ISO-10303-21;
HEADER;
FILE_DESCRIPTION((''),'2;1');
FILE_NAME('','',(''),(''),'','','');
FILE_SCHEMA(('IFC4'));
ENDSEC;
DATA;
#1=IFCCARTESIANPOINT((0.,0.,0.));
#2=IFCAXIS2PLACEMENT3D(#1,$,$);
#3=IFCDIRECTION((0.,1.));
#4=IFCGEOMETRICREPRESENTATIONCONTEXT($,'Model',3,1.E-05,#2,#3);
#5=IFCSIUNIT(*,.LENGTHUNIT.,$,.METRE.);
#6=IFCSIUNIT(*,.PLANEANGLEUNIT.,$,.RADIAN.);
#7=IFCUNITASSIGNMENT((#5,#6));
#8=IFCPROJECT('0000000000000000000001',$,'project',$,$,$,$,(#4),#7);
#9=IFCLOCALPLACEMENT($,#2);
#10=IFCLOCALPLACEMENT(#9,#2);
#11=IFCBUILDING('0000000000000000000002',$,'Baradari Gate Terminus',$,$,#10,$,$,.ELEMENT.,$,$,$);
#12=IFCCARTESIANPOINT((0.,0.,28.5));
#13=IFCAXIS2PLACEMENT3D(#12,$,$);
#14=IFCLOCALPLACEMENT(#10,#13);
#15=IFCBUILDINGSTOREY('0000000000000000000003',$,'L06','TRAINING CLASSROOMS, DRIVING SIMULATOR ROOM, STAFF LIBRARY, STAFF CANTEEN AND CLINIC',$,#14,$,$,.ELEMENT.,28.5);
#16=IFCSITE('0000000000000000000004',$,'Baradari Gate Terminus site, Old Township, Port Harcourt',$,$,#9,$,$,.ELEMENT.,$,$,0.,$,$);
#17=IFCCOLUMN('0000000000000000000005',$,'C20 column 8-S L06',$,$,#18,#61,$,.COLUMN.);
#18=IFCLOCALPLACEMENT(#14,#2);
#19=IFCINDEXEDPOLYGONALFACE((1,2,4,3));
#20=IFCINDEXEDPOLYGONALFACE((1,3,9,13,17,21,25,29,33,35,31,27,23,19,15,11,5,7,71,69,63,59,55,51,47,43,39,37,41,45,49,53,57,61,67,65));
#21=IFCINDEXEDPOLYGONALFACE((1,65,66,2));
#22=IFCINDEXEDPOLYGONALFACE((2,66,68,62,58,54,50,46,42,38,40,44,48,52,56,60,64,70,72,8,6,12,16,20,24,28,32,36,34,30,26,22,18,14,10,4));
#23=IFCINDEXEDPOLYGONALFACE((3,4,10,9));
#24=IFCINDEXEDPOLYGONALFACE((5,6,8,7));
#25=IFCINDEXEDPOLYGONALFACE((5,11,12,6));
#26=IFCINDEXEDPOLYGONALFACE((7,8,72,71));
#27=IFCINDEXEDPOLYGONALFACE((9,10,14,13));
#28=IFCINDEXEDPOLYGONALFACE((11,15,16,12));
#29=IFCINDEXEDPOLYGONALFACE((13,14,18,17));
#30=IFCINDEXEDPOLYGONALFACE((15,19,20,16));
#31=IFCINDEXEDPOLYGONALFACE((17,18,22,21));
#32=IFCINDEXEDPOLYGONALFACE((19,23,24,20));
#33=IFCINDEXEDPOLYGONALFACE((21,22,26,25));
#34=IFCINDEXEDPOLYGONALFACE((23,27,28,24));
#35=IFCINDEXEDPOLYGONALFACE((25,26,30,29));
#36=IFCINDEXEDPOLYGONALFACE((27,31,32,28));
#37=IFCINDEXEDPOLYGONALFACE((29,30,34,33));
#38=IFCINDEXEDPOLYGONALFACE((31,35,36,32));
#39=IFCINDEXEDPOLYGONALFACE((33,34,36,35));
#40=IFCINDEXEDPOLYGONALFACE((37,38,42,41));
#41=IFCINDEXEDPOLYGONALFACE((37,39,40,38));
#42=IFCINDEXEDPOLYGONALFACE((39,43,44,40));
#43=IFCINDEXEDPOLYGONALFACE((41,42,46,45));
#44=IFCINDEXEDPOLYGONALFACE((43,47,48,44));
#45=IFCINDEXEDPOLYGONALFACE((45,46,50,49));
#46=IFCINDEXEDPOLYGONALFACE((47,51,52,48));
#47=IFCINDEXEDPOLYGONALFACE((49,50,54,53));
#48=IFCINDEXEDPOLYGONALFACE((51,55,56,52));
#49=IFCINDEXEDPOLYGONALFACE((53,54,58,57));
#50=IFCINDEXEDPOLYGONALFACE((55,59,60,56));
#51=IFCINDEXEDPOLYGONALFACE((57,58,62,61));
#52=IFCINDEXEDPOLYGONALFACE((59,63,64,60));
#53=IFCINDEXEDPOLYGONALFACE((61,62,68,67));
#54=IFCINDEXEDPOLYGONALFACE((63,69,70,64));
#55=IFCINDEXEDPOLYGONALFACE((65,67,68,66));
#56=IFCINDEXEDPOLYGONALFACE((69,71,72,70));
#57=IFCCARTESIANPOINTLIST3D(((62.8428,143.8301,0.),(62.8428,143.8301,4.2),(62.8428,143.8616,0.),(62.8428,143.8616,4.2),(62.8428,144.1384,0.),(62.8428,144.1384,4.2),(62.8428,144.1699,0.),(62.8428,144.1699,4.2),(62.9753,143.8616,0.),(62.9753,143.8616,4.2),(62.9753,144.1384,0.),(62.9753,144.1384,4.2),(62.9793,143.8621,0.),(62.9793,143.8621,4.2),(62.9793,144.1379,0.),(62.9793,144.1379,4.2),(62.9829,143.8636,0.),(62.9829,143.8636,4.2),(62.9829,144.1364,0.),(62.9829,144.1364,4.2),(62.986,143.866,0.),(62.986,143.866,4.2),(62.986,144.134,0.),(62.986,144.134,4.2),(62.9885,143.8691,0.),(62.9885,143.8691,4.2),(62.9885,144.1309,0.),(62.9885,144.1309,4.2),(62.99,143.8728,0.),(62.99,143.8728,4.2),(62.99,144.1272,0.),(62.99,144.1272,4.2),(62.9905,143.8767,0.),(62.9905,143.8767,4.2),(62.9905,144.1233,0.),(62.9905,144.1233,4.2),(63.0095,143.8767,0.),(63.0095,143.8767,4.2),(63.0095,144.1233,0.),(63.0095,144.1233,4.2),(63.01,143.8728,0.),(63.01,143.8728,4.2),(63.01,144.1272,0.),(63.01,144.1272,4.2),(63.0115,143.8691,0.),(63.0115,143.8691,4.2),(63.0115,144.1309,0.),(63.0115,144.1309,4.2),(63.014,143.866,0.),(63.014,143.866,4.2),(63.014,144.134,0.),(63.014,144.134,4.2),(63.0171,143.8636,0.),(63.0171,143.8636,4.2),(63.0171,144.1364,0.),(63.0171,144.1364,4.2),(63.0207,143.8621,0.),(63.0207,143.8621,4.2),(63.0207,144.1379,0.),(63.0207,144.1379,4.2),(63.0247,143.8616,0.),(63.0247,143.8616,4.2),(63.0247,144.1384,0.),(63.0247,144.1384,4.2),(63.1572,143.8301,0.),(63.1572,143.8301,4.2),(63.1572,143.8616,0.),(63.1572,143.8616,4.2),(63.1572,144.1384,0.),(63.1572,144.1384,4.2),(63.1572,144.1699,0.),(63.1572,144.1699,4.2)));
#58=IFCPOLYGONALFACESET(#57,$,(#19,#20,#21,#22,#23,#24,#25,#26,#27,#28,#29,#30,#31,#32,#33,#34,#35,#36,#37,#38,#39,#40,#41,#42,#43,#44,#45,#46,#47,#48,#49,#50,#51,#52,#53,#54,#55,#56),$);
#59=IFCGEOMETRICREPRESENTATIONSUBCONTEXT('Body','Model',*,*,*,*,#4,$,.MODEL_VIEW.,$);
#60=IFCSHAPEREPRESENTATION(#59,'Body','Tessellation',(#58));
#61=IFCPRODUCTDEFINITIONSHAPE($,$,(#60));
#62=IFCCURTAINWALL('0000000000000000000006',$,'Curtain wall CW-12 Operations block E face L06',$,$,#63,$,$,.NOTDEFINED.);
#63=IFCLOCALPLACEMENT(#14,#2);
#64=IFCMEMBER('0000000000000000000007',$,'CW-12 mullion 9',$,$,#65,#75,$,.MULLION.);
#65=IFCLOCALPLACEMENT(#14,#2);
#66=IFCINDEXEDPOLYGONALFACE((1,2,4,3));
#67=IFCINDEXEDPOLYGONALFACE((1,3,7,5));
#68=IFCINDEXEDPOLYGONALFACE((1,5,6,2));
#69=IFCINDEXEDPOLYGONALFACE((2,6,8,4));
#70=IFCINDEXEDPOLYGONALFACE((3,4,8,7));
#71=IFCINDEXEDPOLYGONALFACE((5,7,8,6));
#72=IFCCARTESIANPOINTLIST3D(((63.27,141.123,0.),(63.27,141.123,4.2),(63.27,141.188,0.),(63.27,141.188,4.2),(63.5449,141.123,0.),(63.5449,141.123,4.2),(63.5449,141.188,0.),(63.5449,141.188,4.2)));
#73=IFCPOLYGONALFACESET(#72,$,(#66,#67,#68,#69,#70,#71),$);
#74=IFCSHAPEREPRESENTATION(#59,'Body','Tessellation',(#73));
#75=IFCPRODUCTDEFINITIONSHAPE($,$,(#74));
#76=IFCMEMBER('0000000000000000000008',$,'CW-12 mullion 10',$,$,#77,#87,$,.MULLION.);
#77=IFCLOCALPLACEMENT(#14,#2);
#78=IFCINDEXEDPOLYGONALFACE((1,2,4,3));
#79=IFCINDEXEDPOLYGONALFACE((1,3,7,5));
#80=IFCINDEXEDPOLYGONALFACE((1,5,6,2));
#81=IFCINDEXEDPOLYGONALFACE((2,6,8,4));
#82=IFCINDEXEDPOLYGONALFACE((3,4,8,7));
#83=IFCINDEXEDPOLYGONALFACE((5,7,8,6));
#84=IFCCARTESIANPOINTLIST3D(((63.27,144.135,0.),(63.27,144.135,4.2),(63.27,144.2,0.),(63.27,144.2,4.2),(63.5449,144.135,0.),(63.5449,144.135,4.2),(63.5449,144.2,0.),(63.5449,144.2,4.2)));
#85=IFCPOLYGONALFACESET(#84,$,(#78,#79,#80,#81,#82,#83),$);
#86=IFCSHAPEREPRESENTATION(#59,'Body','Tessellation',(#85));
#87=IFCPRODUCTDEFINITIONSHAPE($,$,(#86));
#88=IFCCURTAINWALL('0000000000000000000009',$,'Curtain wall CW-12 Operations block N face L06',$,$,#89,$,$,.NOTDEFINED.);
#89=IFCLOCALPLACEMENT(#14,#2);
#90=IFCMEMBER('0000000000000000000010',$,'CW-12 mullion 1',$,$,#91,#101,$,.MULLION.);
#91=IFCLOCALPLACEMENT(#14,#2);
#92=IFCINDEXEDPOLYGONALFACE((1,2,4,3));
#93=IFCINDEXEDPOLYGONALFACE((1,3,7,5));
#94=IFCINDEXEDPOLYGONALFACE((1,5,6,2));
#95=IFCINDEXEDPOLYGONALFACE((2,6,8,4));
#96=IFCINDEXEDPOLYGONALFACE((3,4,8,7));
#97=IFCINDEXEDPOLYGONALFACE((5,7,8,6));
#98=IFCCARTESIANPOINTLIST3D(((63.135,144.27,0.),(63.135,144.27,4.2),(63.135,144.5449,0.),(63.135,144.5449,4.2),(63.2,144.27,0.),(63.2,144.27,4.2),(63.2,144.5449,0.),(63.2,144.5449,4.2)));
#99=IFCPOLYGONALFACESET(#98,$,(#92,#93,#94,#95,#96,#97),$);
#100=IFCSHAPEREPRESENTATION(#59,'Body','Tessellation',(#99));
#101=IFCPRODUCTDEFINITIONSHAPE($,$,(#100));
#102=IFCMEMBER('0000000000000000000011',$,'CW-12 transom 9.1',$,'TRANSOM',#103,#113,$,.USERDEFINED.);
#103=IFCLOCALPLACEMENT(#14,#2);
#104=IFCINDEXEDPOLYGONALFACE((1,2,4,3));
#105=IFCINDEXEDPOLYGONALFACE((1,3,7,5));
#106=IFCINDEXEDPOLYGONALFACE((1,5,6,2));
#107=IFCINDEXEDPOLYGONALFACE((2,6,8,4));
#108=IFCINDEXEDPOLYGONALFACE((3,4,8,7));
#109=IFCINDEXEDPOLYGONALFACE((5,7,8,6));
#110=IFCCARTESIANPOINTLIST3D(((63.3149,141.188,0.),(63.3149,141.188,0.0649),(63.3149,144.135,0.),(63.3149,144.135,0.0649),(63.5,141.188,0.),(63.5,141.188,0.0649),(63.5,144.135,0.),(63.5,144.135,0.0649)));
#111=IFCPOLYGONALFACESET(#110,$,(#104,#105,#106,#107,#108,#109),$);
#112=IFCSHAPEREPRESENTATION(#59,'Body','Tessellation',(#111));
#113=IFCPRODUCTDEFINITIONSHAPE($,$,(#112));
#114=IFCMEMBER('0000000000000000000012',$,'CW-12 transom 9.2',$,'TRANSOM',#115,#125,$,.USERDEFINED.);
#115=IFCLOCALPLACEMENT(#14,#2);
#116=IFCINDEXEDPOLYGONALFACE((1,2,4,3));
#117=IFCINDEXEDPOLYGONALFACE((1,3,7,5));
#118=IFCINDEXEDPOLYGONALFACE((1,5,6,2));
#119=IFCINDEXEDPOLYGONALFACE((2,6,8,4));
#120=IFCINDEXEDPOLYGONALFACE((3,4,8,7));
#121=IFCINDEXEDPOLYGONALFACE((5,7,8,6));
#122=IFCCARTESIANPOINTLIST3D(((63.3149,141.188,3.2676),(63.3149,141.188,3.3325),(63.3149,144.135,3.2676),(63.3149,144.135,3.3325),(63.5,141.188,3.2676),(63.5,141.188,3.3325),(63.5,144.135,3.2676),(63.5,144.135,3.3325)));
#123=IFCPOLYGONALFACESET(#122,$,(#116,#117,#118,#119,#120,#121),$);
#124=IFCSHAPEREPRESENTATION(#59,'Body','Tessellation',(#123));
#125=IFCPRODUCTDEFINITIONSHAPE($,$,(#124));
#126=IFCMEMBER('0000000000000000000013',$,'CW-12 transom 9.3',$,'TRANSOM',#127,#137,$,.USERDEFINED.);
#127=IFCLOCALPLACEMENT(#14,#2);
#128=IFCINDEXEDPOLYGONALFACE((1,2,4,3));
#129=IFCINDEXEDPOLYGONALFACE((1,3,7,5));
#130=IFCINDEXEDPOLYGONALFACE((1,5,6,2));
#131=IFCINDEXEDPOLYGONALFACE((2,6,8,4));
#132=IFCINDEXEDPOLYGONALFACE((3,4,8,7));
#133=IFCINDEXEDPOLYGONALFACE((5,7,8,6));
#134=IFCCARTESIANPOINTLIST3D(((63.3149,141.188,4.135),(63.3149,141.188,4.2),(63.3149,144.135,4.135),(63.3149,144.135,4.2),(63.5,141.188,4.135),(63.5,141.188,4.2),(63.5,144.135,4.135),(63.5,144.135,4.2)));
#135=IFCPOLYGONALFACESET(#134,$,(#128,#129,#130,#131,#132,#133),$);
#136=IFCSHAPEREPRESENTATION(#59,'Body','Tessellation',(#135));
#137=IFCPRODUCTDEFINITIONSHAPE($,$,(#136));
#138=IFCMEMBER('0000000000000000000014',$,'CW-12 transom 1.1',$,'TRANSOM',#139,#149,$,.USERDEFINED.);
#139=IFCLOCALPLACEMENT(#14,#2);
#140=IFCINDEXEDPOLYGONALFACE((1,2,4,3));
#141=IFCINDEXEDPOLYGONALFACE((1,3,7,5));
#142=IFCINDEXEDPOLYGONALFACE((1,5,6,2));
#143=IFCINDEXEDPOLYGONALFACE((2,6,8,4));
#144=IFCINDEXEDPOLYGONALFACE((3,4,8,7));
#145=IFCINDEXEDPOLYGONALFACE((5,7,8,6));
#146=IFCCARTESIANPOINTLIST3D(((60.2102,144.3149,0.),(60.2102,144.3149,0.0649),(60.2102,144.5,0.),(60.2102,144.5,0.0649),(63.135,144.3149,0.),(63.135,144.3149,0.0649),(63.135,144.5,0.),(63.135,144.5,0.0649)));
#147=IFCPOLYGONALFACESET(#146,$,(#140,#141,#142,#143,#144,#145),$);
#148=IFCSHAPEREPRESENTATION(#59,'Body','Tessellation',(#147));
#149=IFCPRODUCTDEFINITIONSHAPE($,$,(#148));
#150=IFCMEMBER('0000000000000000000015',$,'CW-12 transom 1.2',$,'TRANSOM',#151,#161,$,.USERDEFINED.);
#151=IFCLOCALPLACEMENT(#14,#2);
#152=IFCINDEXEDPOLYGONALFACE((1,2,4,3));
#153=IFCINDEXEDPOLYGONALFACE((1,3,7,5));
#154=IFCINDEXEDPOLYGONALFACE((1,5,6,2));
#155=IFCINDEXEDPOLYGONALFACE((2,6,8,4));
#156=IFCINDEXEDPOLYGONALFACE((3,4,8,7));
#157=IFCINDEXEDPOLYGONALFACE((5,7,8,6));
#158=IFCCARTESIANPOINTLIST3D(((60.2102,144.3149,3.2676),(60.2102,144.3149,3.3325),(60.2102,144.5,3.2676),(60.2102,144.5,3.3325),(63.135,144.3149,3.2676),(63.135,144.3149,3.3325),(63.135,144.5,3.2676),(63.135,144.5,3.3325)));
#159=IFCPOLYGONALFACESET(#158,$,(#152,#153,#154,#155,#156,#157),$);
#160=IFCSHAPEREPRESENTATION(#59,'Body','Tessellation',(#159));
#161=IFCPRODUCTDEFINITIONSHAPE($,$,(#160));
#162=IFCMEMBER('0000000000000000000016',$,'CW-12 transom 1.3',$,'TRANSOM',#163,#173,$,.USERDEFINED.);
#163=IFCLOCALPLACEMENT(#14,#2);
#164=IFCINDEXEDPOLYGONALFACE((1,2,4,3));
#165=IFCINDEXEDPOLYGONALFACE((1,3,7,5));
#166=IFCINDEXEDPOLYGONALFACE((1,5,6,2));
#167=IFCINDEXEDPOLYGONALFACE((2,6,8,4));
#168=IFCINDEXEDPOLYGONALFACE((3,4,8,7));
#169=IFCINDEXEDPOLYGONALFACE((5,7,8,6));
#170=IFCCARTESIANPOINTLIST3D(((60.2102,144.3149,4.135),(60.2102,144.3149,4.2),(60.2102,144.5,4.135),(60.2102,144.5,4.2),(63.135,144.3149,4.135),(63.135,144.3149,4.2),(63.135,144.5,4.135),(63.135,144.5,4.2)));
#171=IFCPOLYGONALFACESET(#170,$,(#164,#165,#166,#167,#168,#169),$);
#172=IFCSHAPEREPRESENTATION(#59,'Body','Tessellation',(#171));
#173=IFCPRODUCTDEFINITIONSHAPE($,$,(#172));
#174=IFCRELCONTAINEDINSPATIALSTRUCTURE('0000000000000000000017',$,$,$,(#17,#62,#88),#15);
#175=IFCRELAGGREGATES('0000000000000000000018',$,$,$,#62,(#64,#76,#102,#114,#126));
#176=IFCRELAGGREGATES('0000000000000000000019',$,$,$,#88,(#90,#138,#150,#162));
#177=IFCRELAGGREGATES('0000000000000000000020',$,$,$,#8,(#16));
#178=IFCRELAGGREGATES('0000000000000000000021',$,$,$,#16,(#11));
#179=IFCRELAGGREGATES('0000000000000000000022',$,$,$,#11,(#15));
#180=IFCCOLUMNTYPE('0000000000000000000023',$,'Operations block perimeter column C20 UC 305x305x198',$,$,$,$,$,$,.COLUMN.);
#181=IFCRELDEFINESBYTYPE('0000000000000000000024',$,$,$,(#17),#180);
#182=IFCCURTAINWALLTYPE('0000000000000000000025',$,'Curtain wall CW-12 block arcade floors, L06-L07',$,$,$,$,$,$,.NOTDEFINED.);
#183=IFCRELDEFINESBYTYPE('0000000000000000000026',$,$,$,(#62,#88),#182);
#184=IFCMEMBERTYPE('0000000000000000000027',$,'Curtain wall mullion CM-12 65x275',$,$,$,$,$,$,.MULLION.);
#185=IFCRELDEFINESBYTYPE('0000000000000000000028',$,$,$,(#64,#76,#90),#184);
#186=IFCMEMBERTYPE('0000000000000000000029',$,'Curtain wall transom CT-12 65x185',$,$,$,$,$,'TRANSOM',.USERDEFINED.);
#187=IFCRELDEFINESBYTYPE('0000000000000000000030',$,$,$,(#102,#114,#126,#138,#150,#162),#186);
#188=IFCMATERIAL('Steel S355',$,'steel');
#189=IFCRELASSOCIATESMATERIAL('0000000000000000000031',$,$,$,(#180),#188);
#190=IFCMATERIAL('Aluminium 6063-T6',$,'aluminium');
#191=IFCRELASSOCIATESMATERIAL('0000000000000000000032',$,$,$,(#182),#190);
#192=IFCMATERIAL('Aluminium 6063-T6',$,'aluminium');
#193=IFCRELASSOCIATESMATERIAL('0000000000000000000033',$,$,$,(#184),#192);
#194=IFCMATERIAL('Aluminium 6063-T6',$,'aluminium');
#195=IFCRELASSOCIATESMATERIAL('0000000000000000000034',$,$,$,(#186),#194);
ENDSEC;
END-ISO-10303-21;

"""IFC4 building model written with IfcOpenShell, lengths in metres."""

from ifc_helpers import new_model, si_unit, direction, frame, origin, origin_2d, place, context, subcontext, project, spatial, rectangle, i_section, extrude, material, material_profile, profile_set, type_object, element, aggregate, save


model = new_model("IFC4")

# Units and contexts
model_context = context("Model", 3, precision=1e-05, world=origin(), true_north=direction((0.0, 1.0)))
body_context = subcontext(model_context, "Body", "Model", "MODEL_VIEW")
ifc_project = project(units=[si_unit("LENGTHUNIT", "METRE"), si_unit("PLANEANGLEUNIT", "RADIAN")], contexts=[model_context])

# Site, building, storey
site_placement = place(None, origin())
site = spatial("IfcSite", under=ifc_project, at=site_placement, Name="Baradari Gate Terminus site, Old Township, Port Harcourt", CompositionType="ELEMENT", RefElevation=0.0)
building_placement = place(site_placement, origin())
building = spatial("IfcBuilding", under=site, at=building_placement, Name="Baradari Gate Terminus", CompositionType="ELEMENT")
storey_placement = place(building_placement, frame((0.0, 0.0, 28.5)))
storey = spatial("IfcBuildingStorey", under=building, at=storey_placement, Name="L06", Description="TRAINING CLASSROOMS, DRIVING SIMULATOR ROOM, STAFF LIBRARY, STAFF CANTEEN AND CLINIC", CompositionType="ELEMENT", Elevation=28.5)

# Column
ifc_material_1 = material(Name="Steel S355", Category="steel")
ifc_material_profile_1 = material_profile(ifc_material_1, i_section(OverallWidth=0.3145, OverallDepth=0.3398, WebThickness=0.019, FlangeThickness=0.0315, FilletRadius=0.0151, at=origin_2d()), Name="UC 305x305x198")
ifc_profile_set_1 = profile_set([ifc_material_profile_1], Name="Steel S355")
column_type = type_object("IfcColumnType", Name="Operations block perimeter column C20 UC 305x305x198", PredefinedType="COLUMN", material=ifc_profile_set_1)
column_placement = place(storey_placement, frame((63.0, 144.0, 0.0), z_axis=(0.0, 0.0, 1.0), x_axis=(1.0, 0.0, 0.0)))
element("IfcColumn", 1, at=column_placement, inside=storey, type_object=column_type, Name="C20 column 8-S L06", PredefinedType="COLUMN", context=body_context, shape_type="SweptSolid", body=[
    extrude(i_section(OverallWidth=0.3145, OverallDepth=0.3398, WebThickness=0.019, FlangeThickness=0.0315, FilletRadius=0.0151, at=origin_2d()), origin(), (0.0, 0.0, 1.0), 4.2),
])

# Curtain wall, members
ifc_material_2 = material(Name="Aluminium 6063-T6", Category="aluminium")
curtain_wall_type = type_object("IfcCurtainWallType", Name="Curtain wall CW-12 block arcade floors, L06-L07", PredefinedType="NOTDEFINED", material=ifc_material_2)
curtain_wall_1_placement = place(storey_placement, origin())
curtain_wall_1 = element("IfcCurtainWall", 2, at=curtain_wall_1_placement, inside=storey, type_object=curtain_wall_type, Name="Curtain wall CW-12 Operations block E face L06", PredefinedType="NOTDEFINED")
ifc_material_3 = material(Name="Aluminium 6063-T6", Category="aluminium")
ifc_material_profile_2 = material_profile(ifc_material_3, rectangle(XDim=0.2749, YDim=0.0649, at=origin_2d()), Name="CM-12 65X275")
ifc_profile_set_2 = profile_set([ifc_material_profile_2], Name="Aluminium 6063-T6")
member_type_1 = type_object("IfcMemberType", Name="Curtain wall mullion CM-12 65x275", PredefinedType="MULLION", material=ifc_profile_set_2)
member_1_placement = place(storey_placement, frame((63.4075, 141.1555, 0.0), z_axis=(0.0, 0.0, 1.0), x_axis=(-1.0, 0.0, 0.0)))
member_1 = element("IfcMember", 3, at=member_1_placement, type_object=member_type_1, Name="CW-12 mullion 9", PredefinedType="MULLION", context=body_context, shape_type="SweptSolid", body=[
    extrude(rectangle(XDim=0.2749, YDim=0.0649, at=origin_2d()), origin(), (0.0, 0.0, 1.0), 4.2),
])
member_2_placement = place(storey_placement, frame((63.4075, 144.1675, 0.0), z_axis=(0.0, 0.0, 1.0), x_axis=(-1.0, 0.0, 0.0)))
member_2 = element("IfcMember", 4, at=member_2_placement, type_object=member_type_1, Name="CW-12 mullion 10", PredefinedType="MULLION", context=body_context, shape_type="SweptSolid", body=[
    extrude(rectangle(XDim=0.2749, YDim=0.0649, at=origin_2d()), origin(), (0.0, 0.0, 1.0), 4.2),
])

# Curtain wall, member
curtain_wall_2_placement = place(storey_placement, origin())
curtain_wall_2 = element("IfcCurtainWall", 5, at=curtain_wall_2_placement, inside=storey, type_object=curtain_wall_type, Name="Curtain wall CW-12 Operations block N face L06", PredefinedType="NOTDEFINED")
member_3_placement = place(storey_placement, frame((63.1675, 144.4075, 0.0), z_axis=(0.0, 0.0, 1.0), x_axis=(0.0, -1.0, 0.0)))
member_3 = element("IfcMember", 6, at=member_3_placement, type_object=member_type_1, Name="CW-12 mullion 1", PredefinedType="MULLION", context=body_context, shape_type="SweptSolid", body=[
    extrude(rectangle(XDim=0.2749, YDim=0.0649, at=origin_2d()), origin(), (0.0, 0.0, 1.0), 4.2),
])

# Members
ifc_material_4 = material(Name="Aluminium 6063-T6", Category="aluminium")
ifc_material_profile_3 = material_profile(ifc_material_4, rectangle(XDim=0.1851, YDim=0.0649, at=origin_2d()), Name="CT-12 65X185")
ifc_profile_set_3 = profile_set([ifc_material_profile_3], Name="Aluminium 6063-T6")
member_type_2 = type_object("IfcMemberType", Name="Curtain wall transom CT-12 65x185", ElementType="TRANSOM", PredefinedType="USERDEFINED", material=ifc_profile_set_3)
member_4_placement = place(storey_placement, frame((63.4075, 141.188, 0.0325), z_axis=(0.0, 1.0, 0.0), x_axis=(-1.0, 0.0, 0.0)))
member_4 = element("IfcMember", 7, at=member_4_placement, type_object=member_type_2, Name="CW-12 transom 9.1", ObjectType="TRANSOM", PredefinedType="USERDEFINED", context=body_context, shape_type="SweptSolid", body=[
    extrude(rectangle(XDim=0.1851, YDim=0.0649, at=origin_2d()), origin(), (0.0, 0.0, 1.0), 2.947),
])
member_5_placement = place(storey_placement, frame((63.4075, 141.188, 3.3), z_axis=(0.0, 1.0, 0.0), x_axis=(-1.0, 0.0, 0.0)))
member_5 = element("IfcMember", 8, at=member_5_placement, type_object=member_type_2, Name="CW-12 transom 9.2", ObjectType="TRANSOM", PredefinedType="USERDEFINED", context=body_context, shape_type="SweptSolid", body=[
    extrude(rectangle(XDim=0.1851, YDim=0.0649, at=origin_2d()), origin(), (0.0, 0.0, 1.0), 2.947),
])
member_6_placement = place(storey_placement, frame((63.4075, 141.188, 4.1675), z_axis=(0.0, 1.0, 0.0), x_axis=(-1.0, 0.0, 0.0)))
member_6 = element("IfcMember", 9, at=member_6_placement, type_object=member_type_2, Name="CW-12 transom 9.3", ObjectType="TRANSOM", PredefinedType="USERDEFINED", context=body_context, shape_type="SweptSolid", body=[
    extrude(rectangle(XDim=0.1851, YDim=0.0649, at=origin_2d()), origin(), (0.0, 0.0, 1.0), 2.947),
])
member_7_placement = place(storey_placement, frame((63.135, 144.4075, 0.0325), z_axis=(-1.0, 0.0, 0.0), x_axis=(0.0, -1.0, 0.0)))
member_7 = element("IfcMember", 10, at=member_7_placement, type_object=member_type_2, Name="CW-12 transom 1.1", ObjectType="TRANSOM", PredefinedType="USERDEFINED", context=body_context, shape_type="SweptSolid", body=[
    extrude(rectangle(XDim=0.1851, YDim=0.0649, at=origin_2d()), origin(), (0.0, 0.0, 1.0), 2.9248),
])
member_8_placement = place(storey_placement, frame((63.135, 144.4075, 3.3), z_axis=(-1.0, 0.0, 0.0), x_axis=(0.0, -1.0, 0.0)))
member_8 = element("IfcMember", 11, at=member_8_placement, type_object=member_type_2, Name="CW-12 transom 1.2", ObjectType="TRANSOM", PredefinedType="USERDEFINED", context=body_context, shape_type="SweptSolid", body=[
    extrude(rectangle(XDim=0.1851, YDim=0.0649, at=origin_2d()), origin(), (0.0, 0.0, 1.0), 2.9248),
])
member_9_placement = place(storey_placement, frame((63.135, 144.4075, 4.1675), z_axis=(-1.0, 0.0, 0.0), x_axis=(0.0, -1.0, 0.0)))
member_9 = element("IfcMember", 12, at=member_9_placement, type_object=member_type_2, Name="CW-12 transom 1.3", ObjectType="TRANSOM", PredefinedType="USERDEFINED", context=body_context, shape_type="SweptSolid", body=[
    extrude(rectangle(XDim=0.1851, YDim=0.0649, at=origin_2d()), origin(), (0.0, 0.0, 1.0), 2.9248),
])

aggregate(curtain_wall_1, [member_1, member_2, member_4, member_5, member_6])
aggregate(curtain_wall_2, [member_3, member_7, member_8, member_9])

save(model, "model.ifc")
